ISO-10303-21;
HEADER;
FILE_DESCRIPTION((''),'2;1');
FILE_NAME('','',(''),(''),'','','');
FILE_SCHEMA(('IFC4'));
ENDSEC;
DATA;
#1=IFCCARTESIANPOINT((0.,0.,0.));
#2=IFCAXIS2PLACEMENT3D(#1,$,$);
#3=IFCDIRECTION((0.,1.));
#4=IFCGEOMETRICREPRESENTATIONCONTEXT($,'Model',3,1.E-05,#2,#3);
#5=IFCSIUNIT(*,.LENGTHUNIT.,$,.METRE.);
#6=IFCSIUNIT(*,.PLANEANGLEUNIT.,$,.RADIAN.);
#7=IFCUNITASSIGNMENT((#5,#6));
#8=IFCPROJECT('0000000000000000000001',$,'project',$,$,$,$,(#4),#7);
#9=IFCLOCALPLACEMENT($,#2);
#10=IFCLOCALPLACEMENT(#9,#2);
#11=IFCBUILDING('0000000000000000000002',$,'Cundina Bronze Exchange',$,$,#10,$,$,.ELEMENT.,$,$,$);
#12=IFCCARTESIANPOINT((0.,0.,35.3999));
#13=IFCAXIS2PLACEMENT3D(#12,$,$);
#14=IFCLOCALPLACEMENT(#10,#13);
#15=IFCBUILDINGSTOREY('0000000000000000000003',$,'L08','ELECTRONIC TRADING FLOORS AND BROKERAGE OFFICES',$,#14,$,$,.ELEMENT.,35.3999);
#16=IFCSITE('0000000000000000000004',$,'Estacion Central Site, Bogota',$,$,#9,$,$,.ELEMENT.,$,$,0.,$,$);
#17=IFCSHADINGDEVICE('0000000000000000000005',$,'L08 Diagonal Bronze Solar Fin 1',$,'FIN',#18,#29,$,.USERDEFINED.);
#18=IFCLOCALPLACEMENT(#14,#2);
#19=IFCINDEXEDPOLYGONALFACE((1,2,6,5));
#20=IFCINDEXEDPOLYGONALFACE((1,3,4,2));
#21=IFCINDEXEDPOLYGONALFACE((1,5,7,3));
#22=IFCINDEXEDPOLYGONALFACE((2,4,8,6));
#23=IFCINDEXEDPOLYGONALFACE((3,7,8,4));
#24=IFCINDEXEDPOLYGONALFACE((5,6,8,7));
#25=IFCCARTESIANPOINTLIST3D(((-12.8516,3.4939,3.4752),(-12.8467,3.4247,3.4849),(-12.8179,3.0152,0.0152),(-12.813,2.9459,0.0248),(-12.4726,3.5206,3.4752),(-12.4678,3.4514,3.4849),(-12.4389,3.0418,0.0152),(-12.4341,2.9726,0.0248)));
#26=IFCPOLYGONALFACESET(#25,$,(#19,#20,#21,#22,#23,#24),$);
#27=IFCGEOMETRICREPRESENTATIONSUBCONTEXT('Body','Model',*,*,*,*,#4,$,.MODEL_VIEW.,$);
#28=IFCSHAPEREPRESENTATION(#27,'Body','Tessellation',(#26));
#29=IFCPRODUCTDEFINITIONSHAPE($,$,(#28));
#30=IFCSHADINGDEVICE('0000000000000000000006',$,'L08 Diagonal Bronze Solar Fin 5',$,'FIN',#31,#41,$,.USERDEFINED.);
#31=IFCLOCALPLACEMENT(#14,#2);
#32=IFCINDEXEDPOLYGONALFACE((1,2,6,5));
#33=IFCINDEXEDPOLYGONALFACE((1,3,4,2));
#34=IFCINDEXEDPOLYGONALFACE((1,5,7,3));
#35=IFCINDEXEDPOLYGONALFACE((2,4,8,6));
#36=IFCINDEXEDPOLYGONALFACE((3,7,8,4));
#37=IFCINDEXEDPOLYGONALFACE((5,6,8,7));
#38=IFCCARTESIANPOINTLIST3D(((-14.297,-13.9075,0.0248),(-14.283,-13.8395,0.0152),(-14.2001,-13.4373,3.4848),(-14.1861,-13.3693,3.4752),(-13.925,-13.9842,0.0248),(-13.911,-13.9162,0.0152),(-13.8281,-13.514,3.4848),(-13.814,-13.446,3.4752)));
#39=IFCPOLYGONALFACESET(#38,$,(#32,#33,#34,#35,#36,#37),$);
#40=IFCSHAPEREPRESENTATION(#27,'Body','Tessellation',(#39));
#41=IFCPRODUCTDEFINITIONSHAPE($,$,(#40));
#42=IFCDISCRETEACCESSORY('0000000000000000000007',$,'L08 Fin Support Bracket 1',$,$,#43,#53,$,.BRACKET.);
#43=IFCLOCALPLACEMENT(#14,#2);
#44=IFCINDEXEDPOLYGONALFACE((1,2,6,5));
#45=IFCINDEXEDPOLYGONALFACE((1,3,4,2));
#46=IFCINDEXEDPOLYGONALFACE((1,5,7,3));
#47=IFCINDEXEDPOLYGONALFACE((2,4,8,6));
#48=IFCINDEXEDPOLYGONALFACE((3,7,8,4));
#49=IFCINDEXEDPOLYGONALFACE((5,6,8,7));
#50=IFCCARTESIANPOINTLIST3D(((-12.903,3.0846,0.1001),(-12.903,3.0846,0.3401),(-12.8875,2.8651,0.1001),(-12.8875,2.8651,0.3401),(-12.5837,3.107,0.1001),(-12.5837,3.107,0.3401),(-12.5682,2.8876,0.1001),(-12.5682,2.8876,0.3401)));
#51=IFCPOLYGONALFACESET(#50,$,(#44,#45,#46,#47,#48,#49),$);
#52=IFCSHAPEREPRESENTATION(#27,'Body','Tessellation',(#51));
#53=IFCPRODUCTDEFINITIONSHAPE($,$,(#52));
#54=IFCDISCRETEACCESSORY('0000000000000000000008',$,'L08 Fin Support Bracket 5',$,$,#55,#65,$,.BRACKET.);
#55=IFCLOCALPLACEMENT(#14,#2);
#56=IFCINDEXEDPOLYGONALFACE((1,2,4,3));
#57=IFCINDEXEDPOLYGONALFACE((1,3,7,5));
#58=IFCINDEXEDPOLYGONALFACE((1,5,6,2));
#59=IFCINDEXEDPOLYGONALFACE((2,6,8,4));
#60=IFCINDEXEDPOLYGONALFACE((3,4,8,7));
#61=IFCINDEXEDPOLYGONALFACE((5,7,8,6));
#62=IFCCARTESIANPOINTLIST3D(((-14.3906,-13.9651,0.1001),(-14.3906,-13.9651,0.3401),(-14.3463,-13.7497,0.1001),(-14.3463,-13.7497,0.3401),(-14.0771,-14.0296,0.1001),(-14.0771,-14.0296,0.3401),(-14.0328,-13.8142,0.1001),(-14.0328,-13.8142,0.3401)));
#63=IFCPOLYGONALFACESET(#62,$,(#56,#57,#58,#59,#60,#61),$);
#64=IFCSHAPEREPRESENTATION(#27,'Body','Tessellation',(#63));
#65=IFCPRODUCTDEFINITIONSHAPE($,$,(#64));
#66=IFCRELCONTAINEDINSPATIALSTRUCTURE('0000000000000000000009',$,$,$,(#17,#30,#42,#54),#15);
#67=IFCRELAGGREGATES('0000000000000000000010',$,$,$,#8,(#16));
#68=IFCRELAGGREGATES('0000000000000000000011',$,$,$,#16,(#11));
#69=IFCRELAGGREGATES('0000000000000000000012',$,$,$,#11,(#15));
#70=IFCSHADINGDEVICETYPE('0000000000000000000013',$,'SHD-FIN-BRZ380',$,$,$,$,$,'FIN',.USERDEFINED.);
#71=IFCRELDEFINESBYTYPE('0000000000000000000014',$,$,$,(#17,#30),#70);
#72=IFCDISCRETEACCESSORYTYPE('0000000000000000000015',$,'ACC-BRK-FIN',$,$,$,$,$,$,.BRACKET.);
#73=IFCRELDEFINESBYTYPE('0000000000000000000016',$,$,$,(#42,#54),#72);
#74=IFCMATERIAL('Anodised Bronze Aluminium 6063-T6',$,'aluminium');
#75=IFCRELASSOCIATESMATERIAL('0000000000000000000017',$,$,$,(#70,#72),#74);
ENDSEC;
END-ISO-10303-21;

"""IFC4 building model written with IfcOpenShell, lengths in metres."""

from ifc_helpers import new_model, si_unit, direction, frame, origin, origin_2d, place, context, subcontext, project, spatial, rectangle, extrude, material, material_profile, profile_set, type_object, element, save


model = new_model("IFC4")

# Units and contexts
model_context = context("Model", 3, precision=1e-05, world=origin(), true_north=direction((0.0, 1.0)))
body_context = subcontext(model_context, "Body", "Model", "MODEL_VIEW")
ifc_project = project(units=[si_unit("LENGTHUNIT", "METRE"), si_unit("PLANEANGLEUNIT", "RADIAN")], contexts=[model_context])

# Site, building, storey
site_placement = place(None, origin())
site = spatial("IfcSite", under=ifc_project, at=site_placement, Name="Estacion Central Site, Bogota", CompositionType="ELEMENT", RefElevation=0.0)
building_placement = place(site_placement, origin())
building = spatial("IfcBuilding", under=site, at=building_placement, Name="Cundina Bronze Exchange", CompositionType="ELEMENT")
storey_placement = place(building_placement, frame((0.0, 0.0, 35.3999)))
storey = spatial("IfcBuildingStorey", under=building, at=storey_placement, Name="L08", Description="ELECTRONIC TRADING FLOORS AND BROKERAGE OFFICES", CompositionType="ELEMENT", Elevation=35.3999)

# Shared definitions
ifc_material_1 = material(Name="Anodised Bronze Aluminium 6063-T6", Category="aluminium")

# Shading devices
ifc_material_profile_1 = material_profile(ifc_material_1, rectangle(XDim=0.0701, YDim=0.3799, at=origin_2d()), Name="FIN70X380", Category="aluminium")
ifc_profile_set_1 = profile_set([ifc_material_profile_1], Name="Anodised Bronze Aluminium 6063-T6")
shading_device_type = type_object("IfcShadingDeviceType", Name="SHD-FIN-BRZ380", ElementType="FIN", PredefinedType="USERDEFINED", material=ifc_profile_set_1)
for number, where, z_axis, x_axis, name in (
    (1, (-12.626, 2.9939, 0.02), (-0.009645, 0.137059, 0.990516), (0.069533, -0.988072, 0.137398), "L08 Diagonal Bronze Solar Fin 1"),
    (2, (-14.104, -13.9119, 0.02), (0.027747, 0.134612, 0.99051), (-0.199967, -0.970115, 0.137442), "L08 Diagonal Bronze Solar Fin 5"),
):
    element("IfcShadingDevice", number, at=place(storey_placement, frame(where, z_axis=z_axis, x_axis=x_axis)), inside=storey, type_object=shading_device_type, Name=name, ObjectType="FIN", PredefinedType="USERDEFINED", context=body_context, shape_type="SweptSolid", body=[
        extrude(rectangle(XDim=0.0701, YDim=0.3799, at=origin_2d()), origin(), (0.0, 0.0, 1.0), 3.4932),
    ])

# Discrete accessories
discrete_accessory_type = type_object("IfcDiscreteAccessoryType", Name="ACC-BRK-FIN", PredefinedType="BRACKET", material=ifc_material_1)
for number, where, z_axis, x_axis, name in (
    (3, (-12.7356, 2.9861, 0.1001), (0.0, 0.0, 1.0), (-0.070279, 0.997527, 0.0), "L08 Fin Support Bracket 1"),
    (4, (-14.2117, -13.8896, 0.1001), (0.0, 0.0, 1.0), (0.20142, 0.979505, 0.0), "L08 Fin Support Bracket 5"),
):
    element("IfcDiscreteAccessory", number, at=place(storey_placement, frame(where, z_axis=z_axis, x_axis=x_axis)), inside=storey, type_object=discrete_accessory_type, Name=name, PredefinedType="BRACKET", context=body_context, shape_type="SweptSolid", body=[
        extrude(rectangle(XDim=0.22, YDim=0.3201, at=origin_2d()), origin(), (0.0, 0.0, 1.0), 0.24),
    ])

save(model, "model.ifc")
